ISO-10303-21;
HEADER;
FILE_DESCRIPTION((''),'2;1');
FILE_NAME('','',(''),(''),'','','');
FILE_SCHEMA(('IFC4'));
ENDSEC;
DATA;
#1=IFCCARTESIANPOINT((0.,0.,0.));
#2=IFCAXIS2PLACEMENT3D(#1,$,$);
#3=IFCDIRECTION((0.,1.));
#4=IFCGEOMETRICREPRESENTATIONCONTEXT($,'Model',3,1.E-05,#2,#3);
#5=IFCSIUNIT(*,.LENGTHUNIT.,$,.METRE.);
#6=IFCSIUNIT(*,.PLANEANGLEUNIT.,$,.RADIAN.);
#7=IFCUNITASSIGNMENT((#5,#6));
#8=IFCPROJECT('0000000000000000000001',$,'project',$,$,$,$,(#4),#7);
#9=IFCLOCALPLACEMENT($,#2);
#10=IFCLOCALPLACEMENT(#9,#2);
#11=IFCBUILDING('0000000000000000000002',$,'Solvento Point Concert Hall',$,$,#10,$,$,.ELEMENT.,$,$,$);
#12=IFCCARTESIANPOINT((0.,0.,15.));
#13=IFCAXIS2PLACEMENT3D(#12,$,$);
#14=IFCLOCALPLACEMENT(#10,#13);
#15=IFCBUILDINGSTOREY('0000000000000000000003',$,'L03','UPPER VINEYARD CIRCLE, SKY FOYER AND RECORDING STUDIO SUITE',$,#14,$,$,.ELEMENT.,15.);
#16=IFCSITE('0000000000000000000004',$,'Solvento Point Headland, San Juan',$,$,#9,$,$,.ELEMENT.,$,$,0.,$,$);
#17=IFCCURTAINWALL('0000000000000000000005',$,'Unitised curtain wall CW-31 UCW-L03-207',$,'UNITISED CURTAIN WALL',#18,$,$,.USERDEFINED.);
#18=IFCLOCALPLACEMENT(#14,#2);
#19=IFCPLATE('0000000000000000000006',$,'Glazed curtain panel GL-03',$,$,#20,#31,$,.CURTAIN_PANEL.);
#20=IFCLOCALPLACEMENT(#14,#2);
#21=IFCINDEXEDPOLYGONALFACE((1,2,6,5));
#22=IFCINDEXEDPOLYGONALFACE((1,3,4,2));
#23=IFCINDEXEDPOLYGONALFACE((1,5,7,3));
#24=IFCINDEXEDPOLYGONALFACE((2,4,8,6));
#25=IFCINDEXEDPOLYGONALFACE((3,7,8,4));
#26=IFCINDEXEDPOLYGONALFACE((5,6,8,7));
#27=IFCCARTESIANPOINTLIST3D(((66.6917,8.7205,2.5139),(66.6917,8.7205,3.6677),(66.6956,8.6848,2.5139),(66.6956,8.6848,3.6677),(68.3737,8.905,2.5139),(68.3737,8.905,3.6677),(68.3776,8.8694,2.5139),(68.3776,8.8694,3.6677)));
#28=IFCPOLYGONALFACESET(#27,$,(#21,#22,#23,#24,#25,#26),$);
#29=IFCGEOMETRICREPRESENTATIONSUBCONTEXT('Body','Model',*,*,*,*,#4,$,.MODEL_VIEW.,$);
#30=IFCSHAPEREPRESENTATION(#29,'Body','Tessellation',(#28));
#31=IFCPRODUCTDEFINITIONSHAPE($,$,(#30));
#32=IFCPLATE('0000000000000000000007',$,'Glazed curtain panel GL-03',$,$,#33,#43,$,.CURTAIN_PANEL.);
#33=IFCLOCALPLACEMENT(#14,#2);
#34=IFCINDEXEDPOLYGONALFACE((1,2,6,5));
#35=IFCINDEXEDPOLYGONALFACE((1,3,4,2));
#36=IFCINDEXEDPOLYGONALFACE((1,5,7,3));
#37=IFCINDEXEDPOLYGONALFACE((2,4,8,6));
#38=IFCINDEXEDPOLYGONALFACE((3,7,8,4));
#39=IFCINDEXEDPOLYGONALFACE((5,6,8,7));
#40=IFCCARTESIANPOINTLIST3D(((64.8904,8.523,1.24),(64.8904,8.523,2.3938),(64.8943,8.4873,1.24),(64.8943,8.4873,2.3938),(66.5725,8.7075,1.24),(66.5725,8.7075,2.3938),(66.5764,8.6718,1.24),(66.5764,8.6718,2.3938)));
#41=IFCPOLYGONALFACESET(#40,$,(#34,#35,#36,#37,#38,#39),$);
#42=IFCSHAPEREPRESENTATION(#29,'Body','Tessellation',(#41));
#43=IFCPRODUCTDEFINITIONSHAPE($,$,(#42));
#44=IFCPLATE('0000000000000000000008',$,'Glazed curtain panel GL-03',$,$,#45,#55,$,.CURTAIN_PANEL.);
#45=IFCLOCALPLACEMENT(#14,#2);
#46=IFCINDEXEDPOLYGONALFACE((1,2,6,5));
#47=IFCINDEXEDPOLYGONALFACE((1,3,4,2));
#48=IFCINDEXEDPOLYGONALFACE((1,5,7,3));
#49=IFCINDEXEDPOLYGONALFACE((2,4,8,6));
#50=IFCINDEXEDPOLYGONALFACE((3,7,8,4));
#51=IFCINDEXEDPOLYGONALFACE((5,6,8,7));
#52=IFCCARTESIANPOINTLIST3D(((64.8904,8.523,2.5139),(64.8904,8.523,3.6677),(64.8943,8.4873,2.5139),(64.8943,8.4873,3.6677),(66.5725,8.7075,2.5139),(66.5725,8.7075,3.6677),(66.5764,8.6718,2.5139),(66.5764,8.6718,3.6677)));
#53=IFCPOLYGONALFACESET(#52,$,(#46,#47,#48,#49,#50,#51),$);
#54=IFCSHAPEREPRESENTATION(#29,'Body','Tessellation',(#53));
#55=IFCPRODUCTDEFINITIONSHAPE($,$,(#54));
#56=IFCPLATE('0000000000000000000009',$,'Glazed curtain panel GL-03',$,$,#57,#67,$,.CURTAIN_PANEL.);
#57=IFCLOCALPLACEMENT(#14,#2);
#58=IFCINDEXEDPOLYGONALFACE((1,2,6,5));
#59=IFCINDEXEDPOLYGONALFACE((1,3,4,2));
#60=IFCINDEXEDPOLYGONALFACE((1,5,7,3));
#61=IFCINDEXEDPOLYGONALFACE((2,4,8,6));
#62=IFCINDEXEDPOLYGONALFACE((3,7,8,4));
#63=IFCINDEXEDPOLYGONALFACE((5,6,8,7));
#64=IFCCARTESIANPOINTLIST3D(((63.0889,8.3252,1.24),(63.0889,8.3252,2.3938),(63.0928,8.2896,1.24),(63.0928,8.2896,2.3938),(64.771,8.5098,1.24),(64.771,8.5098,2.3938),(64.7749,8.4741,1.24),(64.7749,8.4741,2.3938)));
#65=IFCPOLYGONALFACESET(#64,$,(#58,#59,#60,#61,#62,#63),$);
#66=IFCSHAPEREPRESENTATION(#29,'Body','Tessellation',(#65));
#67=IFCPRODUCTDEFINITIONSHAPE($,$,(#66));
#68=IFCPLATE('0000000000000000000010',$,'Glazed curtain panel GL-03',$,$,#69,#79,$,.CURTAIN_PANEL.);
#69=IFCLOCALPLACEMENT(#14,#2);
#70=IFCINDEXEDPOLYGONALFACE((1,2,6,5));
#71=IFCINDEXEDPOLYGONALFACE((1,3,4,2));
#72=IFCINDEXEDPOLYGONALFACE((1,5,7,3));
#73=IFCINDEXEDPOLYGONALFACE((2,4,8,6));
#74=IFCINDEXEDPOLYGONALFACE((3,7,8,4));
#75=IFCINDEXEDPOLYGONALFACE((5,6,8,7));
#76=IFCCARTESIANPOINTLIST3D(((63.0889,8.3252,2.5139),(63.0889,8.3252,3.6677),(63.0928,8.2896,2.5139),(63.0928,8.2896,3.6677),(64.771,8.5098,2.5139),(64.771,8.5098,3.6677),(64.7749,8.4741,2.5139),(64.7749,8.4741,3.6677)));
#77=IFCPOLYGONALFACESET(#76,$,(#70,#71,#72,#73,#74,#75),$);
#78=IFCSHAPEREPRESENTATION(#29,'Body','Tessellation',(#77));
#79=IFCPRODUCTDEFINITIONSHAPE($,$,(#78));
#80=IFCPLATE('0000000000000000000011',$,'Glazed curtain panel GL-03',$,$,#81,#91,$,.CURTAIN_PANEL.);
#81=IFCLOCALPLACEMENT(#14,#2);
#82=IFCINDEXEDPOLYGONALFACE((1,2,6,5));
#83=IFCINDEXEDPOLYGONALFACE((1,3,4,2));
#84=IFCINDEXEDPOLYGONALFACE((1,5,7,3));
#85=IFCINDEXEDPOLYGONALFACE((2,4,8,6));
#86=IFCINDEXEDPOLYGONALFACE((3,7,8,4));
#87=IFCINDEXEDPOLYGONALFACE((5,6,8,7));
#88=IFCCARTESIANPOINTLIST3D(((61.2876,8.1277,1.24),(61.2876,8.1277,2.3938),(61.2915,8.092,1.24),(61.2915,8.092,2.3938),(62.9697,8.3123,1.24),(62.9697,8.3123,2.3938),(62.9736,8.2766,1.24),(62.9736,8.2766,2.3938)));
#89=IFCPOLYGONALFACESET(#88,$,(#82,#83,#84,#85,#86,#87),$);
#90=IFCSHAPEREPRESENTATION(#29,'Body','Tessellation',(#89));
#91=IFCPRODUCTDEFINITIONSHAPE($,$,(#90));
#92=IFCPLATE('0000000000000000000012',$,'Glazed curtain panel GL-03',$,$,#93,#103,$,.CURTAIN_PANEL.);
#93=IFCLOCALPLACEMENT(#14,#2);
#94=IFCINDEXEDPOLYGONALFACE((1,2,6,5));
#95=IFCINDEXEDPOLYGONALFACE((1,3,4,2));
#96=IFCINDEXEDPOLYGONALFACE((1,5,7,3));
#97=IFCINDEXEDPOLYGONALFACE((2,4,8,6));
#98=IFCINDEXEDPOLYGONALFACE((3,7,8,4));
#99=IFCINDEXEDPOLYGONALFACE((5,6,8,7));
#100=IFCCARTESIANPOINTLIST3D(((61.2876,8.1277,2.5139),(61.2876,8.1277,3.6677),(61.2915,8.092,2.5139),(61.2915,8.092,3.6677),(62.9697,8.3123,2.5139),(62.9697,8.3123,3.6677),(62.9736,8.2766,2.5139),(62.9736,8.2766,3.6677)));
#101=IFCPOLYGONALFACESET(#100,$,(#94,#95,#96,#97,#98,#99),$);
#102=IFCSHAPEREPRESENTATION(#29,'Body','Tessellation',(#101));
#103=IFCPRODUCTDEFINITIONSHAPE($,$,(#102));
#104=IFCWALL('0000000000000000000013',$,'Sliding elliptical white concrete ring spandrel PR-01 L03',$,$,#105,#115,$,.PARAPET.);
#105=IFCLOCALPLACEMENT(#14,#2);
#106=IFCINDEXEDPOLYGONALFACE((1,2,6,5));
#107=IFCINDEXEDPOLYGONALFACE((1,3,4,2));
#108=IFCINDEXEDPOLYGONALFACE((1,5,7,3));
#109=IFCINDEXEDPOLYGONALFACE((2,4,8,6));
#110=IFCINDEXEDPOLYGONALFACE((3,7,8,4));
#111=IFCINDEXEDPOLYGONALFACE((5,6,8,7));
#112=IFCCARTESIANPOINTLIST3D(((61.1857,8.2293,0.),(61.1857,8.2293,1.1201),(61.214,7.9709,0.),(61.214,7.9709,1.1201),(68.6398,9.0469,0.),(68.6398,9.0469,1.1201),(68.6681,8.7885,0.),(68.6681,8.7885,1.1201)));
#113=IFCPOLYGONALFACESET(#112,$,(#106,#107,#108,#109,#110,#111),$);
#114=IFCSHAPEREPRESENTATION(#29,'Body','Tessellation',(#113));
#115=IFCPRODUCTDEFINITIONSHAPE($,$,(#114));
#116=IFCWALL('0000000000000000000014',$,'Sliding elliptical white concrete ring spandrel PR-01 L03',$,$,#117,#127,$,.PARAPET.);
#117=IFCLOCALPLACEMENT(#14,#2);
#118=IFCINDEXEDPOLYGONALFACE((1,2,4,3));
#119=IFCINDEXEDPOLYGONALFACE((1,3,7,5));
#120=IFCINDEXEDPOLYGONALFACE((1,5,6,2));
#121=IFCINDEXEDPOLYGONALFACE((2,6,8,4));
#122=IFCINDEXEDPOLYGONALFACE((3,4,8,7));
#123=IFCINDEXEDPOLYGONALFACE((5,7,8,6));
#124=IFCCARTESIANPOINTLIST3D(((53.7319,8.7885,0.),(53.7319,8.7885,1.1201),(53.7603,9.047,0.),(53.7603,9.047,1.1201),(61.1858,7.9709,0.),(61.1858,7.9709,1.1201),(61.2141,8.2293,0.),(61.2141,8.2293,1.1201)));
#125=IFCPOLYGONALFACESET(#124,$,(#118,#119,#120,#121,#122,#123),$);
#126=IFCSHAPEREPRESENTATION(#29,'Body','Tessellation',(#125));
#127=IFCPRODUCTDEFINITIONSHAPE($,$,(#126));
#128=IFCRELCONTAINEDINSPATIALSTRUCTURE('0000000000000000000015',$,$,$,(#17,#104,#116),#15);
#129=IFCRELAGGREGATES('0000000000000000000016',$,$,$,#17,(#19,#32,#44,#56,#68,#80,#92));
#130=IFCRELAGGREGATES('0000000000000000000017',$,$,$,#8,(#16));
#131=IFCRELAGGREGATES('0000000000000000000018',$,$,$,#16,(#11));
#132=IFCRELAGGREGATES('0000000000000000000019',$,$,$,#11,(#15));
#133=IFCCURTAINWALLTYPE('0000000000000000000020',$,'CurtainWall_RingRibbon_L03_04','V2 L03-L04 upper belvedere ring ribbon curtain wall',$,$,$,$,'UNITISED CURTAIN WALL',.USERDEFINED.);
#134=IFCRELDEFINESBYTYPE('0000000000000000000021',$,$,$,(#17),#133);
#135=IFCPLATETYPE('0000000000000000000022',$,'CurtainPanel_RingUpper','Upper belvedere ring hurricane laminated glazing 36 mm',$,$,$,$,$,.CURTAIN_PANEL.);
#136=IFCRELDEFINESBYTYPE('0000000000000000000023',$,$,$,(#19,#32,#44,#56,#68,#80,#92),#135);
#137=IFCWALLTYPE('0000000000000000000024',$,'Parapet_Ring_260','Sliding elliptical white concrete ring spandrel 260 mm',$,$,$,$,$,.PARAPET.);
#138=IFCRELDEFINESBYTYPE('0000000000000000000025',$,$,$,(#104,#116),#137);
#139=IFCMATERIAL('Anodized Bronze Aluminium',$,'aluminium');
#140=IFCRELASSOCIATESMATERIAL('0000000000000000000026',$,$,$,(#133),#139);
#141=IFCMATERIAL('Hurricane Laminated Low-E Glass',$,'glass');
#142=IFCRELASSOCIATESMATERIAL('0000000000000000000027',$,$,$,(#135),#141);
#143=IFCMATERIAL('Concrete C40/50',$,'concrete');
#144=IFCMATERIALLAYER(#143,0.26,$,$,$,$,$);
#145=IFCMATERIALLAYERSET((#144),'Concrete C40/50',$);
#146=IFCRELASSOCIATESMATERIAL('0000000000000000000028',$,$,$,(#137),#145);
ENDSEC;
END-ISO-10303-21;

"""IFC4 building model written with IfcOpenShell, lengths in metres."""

from ifc_helpers import new_model, si_unit, direction, frame, frame_2d, origin, origin_2d, place, context, subcontext, project, spatial, rectangle, extrude, material, layer, layer_set, type_object, element, aggregate, save


model = new_model("IFC4")

# Units and contexts
model_context = context("Model", 3, precision=1e-05, world=origin(), true_north=direction((0.0, 1.0)))
body_context = subcontext(model_context, "Body", "Model", "MODEL_VIEW")
ifc_project = project(units=[si_unit("LENGTHUNIT", "METRE"), si_unit("PLANEANGLEUNIT", "RADIAN")], contexts=[model_context])

# Site, building, storey
site_placement = place(None, origin())
site = spatial("IfcSite", under=ifc_project, at=site_placement, Name="Solvento Point Headland, San Juan", CompositionType="ELEMENT", RefElevation=0.0)
building_placement = place(site_placement, origin())
building = spatial("IfcBuilding", under=site, at=building_placement, Name="Solvento Point Concert Hall", CompositionType="ELEMENT")
storey_placement = place(building_placement, frame((0.0, 0.0, 15.0)))
storey = spatial("IfcBuildingStorey", under=building, at=storey_placement, Name="L03", Description="UPPER VINEYARD CIRCLE, SKY FOYER AND RECORDING STUDIO SUITE", CompositionType="ELEMENT", Elevation=15.0)

# Curtain wall
ifc_material_1 = material(Name="Anodized Bronze Aluminium", Category="aluminium")
curtain_wall_type = type_object("IfcCurtainWallType", Name="CurtainWall_RingRibbon_L03_04", Description="V2 L03-L04 upper belvedere ring ribbon curtain wall", ElementType="UNITISED CURTAIN WALL", PredefinedType="USERDEFINED", material=ifc_material_1)
curtain_wall_1_placement = place(storey_placement, origin())
curtain_wall_1 = element("IfcCurtainWall", 1, at=curtain_wall_1_placement, inside=storey, type_object=curtain_wall_type, Name="Unitised curtain wall CW-31 UCW-L03-207", ObjectType="UNITISED CURTAIN WALL", PredefinedType="USERDEFINED")

# Plates
ifc_material_2 = material(Name="Hurricane Laminated Low-E Glass", Category="glass")
plate_type = type_object("IfcPlateType", Name="CurtainPanel_RingUpper", Description="Upper belvedere ring hurricane laminated glazing 36 mm", PredefinedType="CURTAIN_PANEL", material=ifc_material_2)
plate_1_placement = place(storey_placement, frame((67.5347, 8.7949, 2.5139), z_axis=(0.0, 0.0, 1.0), x_axis=(-0.994035, -0.109058, 0.0)))
plate_1 = element("IfcPlate", 2, at=plate_1_placement, type_object=plate_type, Name="Glazed curtain panel GL-03", PredefinedType="CURTAIN_PANEL", context=body_context, shape_type="SweptSolid", body=[
    extrude(rectangle(XDim=1.6921, YDim=0.0359, at=origin_2d()), origin(), (0.0, 0.0, 1.0), 1.1538),
])
plate_2_placement = place(storey_placement, frame((65.7334, 8.5974, 1.24), z_axis=(0.0, 0.0, 1.0), x_axis=(-0.994035, -0.109058, 0.0)))
plate_2 = element("IfcPlate", 3, at=plate_2_placement, type_object=plate_type, Name="Glazed curtain panel GL-03", PredefinedType="CURTAIN_PANEL", context=body_context, shape_type="SweptSolid", body=[
    extrude(rectangle(XDim=1.6921, YDim=0.0359, at=origin_2d()), origin(), (0.0, 0.0, 1.0), 1.1538),
])
plate_3_placement = place(storey_placement, frame((65.7334, 8.5974, 2.5139), z_axis=(0.0, 0.0, 1.0), x_axis=(-0.994035, -0.109058, 0.0)))
plate_3 = element("IfcPlate", 4, at=plate_3_placement, type_object=plate_type, Name="Glazed curtain panel GL-03", PredefinedType="CURTAIN_PANEL", context=body_context, shape_type="SweptSolid", body=[
    extrude(rectangle(XDim=1.6921, YDim=0.0359, at=origin_2d()), origin(), (0.0, 0.0, 1.0), 1.1538),
])
plate_4_placement = place(storey_placement, frame((63.9319, 8.3997, 1.24), z_axis=(0.0, 0.0, 1.0), x_axis=(-0.994035, -0.109058, 0.0)))
plate_4 = element("IfcPlate", 5, at=plate_4_placement, type_object=plate_type, Name="Glazed curtain panel GL-03", PredefinedType="CURTAIN_PANEL", context=body_context, shape_type="SweptSolid", body=[
    extrude(rectangle(XDim=1.6921, YDim=0.0359, at=origin_2d()), origin(), (0.0, 0.0, 1.0), 1.1538),
])
plate_5_placement = place(storey_placement, frame((63.9319, 8.3997, 2.5139), z_axis=(0.0, 0.0, 1.0), x_axis=(-0.994035, -0.109058, 0.0)))
plate_5 = element("IfcPlate", 6, at=plate_5_placement, type_object=plate_type, Name="Glazed curtain panel GL-03", PredefinedType="CURTAIN_PANEL", context=body_context, shape_type="SweptSolid", body=[
    extrude(rectangle(XDim=1.6921, YDim=0.0359, at=origin_2d()), origin(), (0.0, 0.0, 1.0), 1.1538),
])
plate_6_placement = place(storey_placement, frame((62.1306, 8.2021, 1.24), z_axis=(0.0, 0.0, 1.0), x_axis=(-0.994035, -0.109058, 0.0)))
plate_6 = element("IfcPlate", 7, at=plate_6_placement, type_object=plate_type, Name="Glazed curtain panel GL-03", PredefinedType="CURTAIN_PANEL", context=body_context, shape_type="SweptSolid", body=[
    extrude(rectangle(XDim=1.6921, YDim=0.0359, at=origin_2d()), origin(), (0.0, 0.0, 1.0), 1.1538),
])
plate_7_placement = place(storey_placement, frame((62.1306, 8.2021, 2.5139), z_axis=(0.0, 0.0, 1.0), x_axis=(-0.994035, -0.109058, 0.0)))
plate_7 = element("IfcPlate", 8, at=plate_7_placement, type_object=plate_type, Name="Glazed curtain panel GL-03", PredefinedType="CURTAIN_PANEL", context=body_context, shape_type="SweptSolid", body=[
    extrude(rectangle(XDim=1.6921, YDim=0.0359, at=origin_2d()), origin(), (0.0, 0.0, 1.0), 1.1538),
])
aggregate(curtain_wall_1, [plate_1, plate_2, plate_3, plate_4, plate_5, plate_6, plate_7])

# Walls
ifc_material_3 = material(Name="Concrete C40/50", Category="concrete")
ifc_layer = layer(ifc_material_3, 0.26)
ifc_layer_set = layer_set([ifc_layer], Name="Concrete C40/50")
wall_type = type_object("IfcWallType", Name="Parapet_Ring_260", Description="Sliding elliptical white concrete ring spandrel 260 mm", PredefinedType="PARAPET", material=ifc_layer_set)
wall_1_placement = place(storey_placement, frame((68.6541, 8.9177, 0.0), z_axis=(0.0, 0.0, 1.0), x_axis=(-0.994038, -0.109034, 0.0)))
element("IfcWall", 9, at=wall_1_placement, inside=storey, type_object=wall_type, Name="Sliding elliptical white concrete ring spandrel PR-01 L03", PredefinedType="PARAPET", context=body_context, shape_type="SweptSolid", body=[
    extrude(rectangle(XDim=7.4988, YDim=0.26, at=frame_2d((3.7495, 0.0))), origin(), (0.0, 0.0, 1.0), 1.1201),
])
wall_2_placement = place(storey_placement, frame((61.2, 8.1001, 0.0), z_axis=(0.0, 0.0, 1.0), x_axis=(-0.994038, 0.109038, 0.0)))
element("IfcWall", 10, at=wall_2_placement, inside=storey, type_object=wall_type, Name="Sliding elliptical white concrete ring spandrel PR-01 L03", PredefinedType="PARAPET", context=body_context, shape_type="SweptSolid", body=[
    extrude(rectangle(XDim=7.4985, YDim=0.26, at=frame_2d((3.7493, 0.0))), origin(), (0.0, 0.0, 1.0), 1.1201),
])

save(model, "model.ifc")
